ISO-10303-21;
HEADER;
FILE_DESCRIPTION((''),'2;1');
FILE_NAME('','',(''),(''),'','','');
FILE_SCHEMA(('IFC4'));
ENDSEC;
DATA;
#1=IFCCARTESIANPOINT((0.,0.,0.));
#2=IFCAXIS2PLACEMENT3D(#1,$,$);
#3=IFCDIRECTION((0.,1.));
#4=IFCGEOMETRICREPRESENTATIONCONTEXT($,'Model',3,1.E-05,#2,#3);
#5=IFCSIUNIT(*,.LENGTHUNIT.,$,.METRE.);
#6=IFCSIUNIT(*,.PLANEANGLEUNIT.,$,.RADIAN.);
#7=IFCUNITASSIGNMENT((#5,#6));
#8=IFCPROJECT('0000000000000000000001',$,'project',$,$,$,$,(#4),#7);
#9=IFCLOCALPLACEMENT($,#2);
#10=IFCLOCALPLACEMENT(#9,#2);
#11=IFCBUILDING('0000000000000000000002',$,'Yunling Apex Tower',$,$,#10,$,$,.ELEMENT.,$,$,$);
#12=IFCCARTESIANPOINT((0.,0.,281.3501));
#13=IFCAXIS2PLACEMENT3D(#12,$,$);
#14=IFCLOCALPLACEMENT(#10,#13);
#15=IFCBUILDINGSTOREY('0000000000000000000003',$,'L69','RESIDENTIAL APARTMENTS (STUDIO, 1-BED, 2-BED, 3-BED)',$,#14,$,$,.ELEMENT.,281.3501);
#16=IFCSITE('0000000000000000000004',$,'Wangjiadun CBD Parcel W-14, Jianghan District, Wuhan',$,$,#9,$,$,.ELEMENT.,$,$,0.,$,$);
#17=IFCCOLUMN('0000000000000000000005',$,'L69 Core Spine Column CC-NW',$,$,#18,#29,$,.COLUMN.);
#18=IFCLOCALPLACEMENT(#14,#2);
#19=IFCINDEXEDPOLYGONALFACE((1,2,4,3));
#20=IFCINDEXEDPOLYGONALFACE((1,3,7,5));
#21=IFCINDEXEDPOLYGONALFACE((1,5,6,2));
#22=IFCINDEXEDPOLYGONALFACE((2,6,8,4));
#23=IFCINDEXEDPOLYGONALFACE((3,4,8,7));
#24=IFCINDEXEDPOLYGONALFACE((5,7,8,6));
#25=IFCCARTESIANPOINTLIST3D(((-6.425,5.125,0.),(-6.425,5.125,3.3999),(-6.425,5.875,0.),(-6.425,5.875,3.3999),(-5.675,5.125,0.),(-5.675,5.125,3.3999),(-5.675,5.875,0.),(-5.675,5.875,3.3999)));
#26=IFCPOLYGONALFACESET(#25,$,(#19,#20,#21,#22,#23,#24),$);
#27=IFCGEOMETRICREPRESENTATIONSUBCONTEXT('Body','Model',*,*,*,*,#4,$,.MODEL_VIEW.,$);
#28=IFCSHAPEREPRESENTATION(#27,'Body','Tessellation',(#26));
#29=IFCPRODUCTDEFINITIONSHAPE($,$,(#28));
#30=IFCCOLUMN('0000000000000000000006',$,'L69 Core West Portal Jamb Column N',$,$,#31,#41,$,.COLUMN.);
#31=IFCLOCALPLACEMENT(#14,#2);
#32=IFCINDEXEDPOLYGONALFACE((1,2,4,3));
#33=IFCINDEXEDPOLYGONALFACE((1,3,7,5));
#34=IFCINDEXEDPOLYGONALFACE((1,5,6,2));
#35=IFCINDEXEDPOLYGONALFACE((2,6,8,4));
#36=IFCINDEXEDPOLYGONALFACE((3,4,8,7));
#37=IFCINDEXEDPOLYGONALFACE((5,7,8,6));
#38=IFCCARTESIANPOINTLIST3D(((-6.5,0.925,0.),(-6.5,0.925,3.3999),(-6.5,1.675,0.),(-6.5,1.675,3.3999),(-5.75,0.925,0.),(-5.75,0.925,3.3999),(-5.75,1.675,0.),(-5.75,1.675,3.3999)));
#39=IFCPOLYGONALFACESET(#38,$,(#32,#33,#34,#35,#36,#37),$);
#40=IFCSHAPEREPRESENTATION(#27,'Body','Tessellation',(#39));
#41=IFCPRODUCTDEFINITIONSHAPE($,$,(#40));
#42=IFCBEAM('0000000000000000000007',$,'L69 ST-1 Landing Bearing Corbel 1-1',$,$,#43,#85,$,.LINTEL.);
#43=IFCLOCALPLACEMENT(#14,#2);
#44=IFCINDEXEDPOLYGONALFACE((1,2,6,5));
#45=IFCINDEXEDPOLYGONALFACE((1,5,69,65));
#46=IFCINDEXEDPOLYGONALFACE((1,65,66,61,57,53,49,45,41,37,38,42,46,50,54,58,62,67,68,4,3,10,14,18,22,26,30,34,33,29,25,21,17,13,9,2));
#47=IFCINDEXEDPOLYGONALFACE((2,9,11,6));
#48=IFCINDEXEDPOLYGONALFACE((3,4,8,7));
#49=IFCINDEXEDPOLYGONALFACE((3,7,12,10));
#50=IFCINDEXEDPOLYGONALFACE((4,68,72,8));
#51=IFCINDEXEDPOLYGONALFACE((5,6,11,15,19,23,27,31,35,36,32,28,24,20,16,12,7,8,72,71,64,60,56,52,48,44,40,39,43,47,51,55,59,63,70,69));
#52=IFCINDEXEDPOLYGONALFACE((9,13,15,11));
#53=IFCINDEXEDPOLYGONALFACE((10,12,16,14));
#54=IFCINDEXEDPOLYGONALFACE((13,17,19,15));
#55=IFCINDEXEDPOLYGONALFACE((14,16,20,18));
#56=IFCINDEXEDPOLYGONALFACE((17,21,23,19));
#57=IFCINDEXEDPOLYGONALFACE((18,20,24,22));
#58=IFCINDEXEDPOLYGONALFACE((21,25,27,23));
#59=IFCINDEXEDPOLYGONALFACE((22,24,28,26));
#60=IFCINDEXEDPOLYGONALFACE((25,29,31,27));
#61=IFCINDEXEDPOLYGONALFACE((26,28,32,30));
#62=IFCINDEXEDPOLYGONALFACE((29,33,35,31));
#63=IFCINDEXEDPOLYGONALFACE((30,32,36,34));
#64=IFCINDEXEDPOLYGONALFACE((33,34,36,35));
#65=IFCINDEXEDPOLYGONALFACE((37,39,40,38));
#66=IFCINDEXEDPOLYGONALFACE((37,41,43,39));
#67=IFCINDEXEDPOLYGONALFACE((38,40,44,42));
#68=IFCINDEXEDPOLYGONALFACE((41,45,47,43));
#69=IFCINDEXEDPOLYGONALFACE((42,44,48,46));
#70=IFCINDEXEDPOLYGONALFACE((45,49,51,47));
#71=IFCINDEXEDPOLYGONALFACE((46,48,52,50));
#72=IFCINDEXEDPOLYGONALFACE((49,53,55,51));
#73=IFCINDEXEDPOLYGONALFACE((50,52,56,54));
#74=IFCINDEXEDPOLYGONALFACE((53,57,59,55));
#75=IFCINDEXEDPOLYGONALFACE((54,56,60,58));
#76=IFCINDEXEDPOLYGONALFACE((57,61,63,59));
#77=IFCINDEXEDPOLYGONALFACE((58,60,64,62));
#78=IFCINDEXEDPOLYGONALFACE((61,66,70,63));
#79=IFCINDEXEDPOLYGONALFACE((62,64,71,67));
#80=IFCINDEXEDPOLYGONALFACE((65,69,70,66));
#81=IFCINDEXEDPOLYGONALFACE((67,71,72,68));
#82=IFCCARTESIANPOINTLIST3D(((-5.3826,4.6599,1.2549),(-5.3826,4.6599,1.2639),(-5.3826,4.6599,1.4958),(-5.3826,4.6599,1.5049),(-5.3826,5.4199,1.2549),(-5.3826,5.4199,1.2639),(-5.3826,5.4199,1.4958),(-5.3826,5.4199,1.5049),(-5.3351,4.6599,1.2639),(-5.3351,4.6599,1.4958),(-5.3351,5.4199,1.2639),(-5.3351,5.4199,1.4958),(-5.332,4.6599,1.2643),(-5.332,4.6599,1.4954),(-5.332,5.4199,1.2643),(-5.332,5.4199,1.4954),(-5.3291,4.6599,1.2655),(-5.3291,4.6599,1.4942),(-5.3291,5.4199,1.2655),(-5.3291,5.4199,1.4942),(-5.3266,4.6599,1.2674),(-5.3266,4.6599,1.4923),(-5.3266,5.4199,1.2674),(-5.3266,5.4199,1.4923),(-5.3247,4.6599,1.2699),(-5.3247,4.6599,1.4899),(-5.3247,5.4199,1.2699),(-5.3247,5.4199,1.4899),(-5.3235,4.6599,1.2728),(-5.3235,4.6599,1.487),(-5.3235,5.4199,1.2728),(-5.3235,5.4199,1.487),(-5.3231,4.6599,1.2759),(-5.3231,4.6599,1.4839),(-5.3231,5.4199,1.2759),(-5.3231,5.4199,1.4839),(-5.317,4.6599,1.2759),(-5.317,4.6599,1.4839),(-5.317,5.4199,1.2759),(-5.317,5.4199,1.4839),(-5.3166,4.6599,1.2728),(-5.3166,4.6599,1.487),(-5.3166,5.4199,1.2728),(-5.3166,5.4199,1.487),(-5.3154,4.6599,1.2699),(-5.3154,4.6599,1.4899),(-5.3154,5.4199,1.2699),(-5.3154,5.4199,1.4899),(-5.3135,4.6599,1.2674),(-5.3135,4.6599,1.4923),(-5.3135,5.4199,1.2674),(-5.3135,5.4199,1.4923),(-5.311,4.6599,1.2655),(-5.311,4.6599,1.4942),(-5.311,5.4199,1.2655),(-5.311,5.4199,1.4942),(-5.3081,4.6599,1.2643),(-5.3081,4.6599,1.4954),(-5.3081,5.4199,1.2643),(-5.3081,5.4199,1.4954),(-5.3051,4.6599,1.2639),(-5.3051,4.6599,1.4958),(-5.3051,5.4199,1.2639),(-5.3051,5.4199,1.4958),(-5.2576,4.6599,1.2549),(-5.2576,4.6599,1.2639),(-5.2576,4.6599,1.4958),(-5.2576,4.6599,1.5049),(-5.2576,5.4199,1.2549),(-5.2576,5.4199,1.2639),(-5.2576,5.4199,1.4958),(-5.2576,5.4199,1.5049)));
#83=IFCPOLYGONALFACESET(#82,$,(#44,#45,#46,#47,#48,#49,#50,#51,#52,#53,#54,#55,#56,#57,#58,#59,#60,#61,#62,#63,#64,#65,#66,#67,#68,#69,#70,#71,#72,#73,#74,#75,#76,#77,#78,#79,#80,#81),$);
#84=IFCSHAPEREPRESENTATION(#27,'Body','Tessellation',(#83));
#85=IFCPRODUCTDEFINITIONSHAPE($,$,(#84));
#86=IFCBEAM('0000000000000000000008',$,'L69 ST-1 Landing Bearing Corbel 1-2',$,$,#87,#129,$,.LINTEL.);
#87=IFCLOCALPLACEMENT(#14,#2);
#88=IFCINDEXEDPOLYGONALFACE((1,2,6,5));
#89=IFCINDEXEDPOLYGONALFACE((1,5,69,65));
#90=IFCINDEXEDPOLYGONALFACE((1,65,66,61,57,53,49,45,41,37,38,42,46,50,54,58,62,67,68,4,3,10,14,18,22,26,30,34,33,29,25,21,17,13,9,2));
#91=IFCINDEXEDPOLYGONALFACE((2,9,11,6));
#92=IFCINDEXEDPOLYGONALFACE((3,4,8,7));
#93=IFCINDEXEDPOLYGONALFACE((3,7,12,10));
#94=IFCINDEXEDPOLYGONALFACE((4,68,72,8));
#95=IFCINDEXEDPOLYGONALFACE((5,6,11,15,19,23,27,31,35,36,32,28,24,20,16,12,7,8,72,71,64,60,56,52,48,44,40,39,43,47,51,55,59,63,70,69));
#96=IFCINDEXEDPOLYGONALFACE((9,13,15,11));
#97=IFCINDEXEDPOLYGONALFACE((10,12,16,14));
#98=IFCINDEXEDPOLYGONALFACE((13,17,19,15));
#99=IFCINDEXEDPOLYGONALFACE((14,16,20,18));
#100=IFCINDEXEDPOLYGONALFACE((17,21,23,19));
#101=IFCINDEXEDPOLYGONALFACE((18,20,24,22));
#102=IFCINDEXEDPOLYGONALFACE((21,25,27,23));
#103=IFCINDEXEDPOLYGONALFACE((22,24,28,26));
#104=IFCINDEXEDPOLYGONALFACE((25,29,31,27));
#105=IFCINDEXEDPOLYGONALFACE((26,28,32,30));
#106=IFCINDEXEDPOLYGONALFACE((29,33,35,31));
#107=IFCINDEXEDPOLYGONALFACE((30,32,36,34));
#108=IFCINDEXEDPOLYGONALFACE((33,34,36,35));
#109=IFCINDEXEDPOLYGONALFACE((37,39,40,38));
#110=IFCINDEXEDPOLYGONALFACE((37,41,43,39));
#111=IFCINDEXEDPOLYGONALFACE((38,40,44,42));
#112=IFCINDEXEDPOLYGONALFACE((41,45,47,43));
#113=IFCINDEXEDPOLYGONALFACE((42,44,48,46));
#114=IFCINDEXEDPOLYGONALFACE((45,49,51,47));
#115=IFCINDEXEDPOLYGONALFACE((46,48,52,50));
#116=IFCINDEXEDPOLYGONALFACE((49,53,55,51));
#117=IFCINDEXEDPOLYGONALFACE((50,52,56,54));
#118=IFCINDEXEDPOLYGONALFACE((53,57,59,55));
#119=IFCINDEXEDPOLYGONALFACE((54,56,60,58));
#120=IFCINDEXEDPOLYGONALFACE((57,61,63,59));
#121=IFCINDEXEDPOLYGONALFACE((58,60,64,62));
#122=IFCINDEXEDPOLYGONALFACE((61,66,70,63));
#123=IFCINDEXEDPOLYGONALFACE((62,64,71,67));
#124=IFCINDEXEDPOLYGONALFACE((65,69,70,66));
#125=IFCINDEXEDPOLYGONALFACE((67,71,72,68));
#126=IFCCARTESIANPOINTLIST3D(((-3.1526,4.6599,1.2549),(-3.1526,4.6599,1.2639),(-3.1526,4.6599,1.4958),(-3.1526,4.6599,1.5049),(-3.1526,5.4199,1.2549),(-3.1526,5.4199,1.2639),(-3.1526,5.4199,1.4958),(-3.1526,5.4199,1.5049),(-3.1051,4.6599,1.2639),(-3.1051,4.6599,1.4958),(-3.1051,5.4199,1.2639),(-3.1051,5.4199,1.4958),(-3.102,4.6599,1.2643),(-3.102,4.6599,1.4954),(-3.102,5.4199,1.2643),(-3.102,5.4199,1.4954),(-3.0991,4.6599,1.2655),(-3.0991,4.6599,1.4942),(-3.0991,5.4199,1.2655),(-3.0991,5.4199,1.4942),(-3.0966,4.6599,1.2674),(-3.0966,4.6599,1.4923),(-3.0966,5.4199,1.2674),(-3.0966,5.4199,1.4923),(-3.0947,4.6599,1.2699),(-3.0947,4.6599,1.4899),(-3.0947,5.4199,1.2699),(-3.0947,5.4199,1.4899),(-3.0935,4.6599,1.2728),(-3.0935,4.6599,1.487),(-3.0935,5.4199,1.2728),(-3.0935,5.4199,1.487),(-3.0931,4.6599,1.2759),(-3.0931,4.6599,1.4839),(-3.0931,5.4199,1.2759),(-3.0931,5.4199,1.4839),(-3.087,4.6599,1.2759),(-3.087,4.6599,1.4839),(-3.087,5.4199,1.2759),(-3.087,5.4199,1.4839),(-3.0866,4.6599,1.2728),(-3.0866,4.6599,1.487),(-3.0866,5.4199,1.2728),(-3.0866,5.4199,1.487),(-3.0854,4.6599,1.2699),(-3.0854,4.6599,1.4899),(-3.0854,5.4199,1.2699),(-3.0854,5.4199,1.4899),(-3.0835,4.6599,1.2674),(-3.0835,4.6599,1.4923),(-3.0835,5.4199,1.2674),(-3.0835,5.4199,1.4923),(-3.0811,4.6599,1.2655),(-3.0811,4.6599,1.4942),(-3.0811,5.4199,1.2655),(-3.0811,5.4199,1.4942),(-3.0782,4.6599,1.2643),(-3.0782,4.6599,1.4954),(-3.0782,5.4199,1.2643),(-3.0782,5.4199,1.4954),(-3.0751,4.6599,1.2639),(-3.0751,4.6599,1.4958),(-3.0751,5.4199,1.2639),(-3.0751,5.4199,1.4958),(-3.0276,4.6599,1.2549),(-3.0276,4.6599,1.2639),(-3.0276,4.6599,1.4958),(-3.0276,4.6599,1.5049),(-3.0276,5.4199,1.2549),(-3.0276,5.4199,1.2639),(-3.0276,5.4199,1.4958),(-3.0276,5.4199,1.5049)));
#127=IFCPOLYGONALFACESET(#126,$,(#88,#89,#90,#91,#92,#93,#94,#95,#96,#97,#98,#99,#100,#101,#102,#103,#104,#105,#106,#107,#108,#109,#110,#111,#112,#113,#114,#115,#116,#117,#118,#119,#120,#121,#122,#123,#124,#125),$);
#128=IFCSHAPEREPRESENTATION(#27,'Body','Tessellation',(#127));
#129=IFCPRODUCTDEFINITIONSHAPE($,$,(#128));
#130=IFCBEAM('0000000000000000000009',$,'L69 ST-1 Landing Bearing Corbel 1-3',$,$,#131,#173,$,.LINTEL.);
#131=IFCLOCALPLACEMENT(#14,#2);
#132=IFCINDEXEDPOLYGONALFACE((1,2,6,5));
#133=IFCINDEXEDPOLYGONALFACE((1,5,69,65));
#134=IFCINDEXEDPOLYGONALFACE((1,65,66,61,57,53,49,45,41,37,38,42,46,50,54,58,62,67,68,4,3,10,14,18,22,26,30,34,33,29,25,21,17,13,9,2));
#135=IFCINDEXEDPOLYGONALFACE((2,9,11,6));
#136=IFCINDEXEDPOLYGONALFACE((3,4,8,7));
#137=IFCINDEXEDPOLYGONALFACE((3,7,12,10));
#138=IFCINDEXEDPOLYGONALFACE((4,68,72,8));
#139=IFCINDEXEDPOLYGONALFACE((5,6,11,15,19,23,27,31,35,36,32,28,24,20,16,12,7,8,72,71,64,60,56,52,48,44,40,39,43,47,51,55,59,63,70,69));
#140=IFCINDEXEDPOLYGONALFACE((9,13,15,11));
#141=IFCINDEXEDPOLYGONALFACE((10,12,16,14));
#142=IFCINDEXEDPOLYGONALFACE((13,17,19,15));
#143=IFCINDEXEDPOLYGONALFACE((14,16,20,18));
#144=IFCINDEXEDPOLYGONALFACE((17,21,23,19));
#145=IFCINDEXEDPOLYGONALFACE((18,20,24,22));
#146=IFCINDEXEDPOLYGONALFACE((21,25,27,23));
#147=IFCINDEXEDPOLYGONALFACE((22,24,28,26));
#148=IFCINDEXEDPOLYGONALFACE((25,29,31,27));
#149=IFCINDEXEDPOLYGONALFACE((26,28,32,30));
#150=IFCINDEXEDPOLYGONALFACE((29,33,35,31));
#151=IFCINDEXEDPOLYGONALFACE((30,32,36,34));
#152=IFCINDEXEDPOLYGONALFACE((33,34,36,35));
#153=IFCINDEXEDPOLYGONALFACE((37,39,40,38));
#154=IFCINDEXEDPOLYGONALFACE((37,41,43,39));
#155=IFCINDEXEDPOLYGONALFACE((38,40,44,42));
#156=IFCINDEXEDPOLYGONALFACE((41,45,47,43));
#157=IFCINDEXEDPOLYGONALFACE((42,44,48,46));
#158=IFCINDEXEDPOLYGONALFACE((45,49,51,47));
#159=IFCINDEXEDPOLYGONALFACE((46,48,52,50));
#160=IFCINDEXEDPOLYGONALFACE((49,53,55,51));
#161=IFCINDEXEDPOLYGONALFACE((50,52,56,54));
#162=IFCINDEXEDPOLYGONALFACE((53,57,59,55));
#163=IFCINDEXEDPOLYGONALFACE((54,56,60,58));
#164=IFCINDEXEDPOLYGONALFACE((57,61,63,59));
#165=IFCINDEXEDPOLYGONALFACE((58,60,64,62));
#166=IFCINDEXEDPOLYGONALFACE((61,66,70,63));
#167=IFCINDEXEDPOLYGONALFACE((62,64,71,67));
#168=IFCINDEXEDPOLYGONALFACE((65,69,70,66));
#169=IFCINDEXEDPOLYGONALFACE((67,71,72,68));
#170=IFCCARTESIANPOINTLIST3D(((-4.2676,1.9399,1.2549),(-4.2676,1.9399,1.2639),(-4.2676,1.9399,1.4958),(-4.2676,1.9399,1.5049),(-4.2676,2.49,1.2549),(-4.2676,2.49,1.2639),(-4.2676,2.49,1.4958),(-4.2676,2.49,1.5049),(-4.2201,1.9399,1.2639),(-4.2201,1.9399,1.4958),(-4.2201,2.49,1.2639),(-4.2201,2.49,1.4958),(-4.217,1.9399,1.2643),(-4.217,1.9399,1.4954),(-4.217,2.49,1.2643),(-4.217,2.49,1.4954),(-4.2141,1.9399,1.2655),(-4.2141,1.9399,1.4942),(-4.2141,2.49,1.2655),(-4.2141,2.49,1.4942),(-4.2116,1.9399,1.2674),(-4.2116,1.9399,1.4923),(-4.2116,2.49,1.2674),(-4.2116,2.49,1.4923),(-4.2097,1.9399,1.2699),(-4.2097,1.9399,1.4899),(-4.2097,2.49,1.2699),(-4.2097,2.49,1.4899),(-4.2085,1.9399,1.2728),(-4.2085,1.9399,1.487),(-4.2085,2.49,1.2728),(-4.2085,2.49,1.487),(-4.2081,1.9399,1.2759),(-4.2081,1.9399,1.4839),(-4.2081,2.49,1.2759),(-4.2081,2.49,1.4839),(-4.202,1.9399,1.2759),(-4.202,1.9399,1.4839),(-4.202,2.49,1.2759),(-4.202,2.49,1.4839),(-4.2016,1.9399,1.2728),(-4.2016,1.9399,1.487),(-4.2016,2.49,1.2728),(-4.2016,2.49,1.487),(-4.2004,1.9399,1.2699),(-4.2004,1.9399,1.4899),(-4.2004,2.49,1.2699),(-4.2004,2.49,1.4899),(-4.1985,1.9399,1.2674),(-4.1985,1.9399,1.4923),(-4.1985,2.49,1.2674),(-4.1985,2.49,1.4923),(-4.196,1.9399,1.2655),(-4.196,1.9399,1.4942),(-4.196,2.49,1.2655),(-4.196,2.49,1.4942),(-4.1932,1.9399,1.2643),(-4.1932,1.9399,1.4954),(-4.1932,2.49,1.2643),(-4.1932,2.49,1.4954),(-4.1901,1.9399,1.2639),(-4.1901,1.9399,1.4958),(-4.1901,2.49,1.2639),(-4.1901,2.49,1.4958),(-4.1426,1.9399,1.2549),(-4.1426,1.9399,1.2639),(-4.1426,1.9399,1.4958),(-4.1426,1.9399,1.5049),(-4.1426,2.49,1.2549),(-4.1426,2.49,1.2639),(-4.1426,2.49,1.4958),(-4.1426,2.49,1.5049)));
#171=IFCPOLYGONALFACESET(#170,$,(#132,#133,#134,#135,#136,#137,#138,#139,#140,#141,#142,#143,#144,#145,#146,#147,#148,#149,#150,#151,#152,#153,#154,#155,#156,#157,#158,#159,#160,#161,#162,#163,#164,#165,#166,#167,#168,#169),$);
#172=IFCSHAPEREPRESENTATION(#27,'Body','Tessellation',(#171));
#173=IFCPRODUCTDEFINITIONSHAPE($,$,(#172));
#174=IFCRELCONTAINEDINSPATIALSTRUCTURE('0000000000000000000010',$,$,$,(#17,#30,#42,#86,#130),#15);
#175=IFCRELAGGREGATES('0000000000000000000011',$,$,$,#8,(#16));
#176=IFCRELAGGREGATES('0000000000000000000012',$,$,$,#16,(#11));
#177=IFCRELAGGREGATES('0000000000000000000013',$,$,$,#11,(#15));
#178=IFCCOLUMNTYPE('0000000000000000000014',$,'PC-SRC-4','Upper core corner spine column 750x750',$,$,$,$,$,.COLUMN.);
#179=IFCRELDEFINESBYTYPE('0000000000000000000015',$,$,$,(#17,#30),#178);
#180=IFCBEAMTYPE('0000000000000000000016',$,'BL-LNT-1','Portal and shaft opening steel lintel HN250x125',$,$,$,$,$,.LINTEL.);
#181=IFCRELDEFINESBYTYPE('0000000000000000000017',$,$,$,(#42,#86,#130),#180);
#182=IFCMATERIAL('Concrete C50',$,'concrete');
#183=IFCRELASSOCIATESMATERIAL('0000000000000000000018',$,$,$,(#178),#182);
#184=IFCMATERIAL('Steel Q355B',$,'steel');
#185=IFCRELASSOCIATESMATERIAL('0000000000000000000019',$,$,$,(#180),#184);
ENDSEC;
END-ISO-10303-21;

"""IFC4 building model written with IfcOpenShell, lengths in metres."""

from ifc_helpers import new_model, si_unit, direction, frame, origin, origin_2d, place, context, subcontext, project, spatial, rectangle, i_section, extrude, source, transform, mapped, material, material_profile, profile_set, type_object, element, save


model = new_model("IFC4")

# Units and contexts
model_context = context("Model", 3, precision=1e-05, world=origin(), true_north=direction((0.0, 1.0)))
body_context = subcontext(model_context, "Body", "Model", "MODEL_VIEW")
ifc_project = project(units=[si_unit("LENGTHUNIT", "METRE"), si_unit("PLANEANGLEUNIT", "RADIAN")], contexts=[model_context])

# Site, building, storey
site_placement = place(None, origin())
site = spatial("IfcSite", under=ifc_project, at=site_placement, Name="Wangjiadun CBD Parcel W-14, Jianghan District, Wuhan", CompositionType="ELEMENT", RefElevation=0.0)
building_placement = place(site_placement, origin())
building = spatial("IfcBuilding", under=site, at=building_placement, Name="Yunling Apex Tower", CompositionType="ELEMENT")
storey_placement = place(building_placement, frame((0.0, 0.0, 281.3501)))
storey = spatial("IfcBuildingStorey", under=building, at=storey_placement, Name="L69", Description="RESIDENTIAL APARTMENTS (STUDIO, 1-BED, 2-BED, 3-BED)", CompositionType="ELEMENT", Elevation=281.3501)

# Columns
ifc_material_1 = material(Name="Concrete C50", Category="concrete")
ifc_material_profile_1 = material_profile(ifc_material_1, rectangle(XDim=0.75, YDim=0.75, at=origin_2d()))
ifc_profile_set_1 = profile_set([ifc_material_profile_1], Name="Concrete C50")
column_type = type_object("IfcColumnType", Name="PC-SRC-4", Description="Upper core corner spine column 750x750", PredefinedType="COLUMN", material=ifc_profile_set_1)
shared_shape_1 = source(origin(), body_context, "Body", "SweptSolid", [
    extrude(rectangle(XDim=0.75, YDim=0.75, at=origin_2d()), origin(), (0.0, 0.0, 1.0), 3.3999),
])
for number, where, z_axis, x_axis, name in (
    (1, (-6.05, 5.5, 0.0), (0.0, 0.0, 1.0), (1.0, 0.0, 0.0), "L69 Core Spine Column CC-NW"),
    (2, (-6.125, 1.3, 0.0), (0.0, 0.0, 1.0), (1.0, 0.0, 0.0), "L69 Core West Portal Jamb Column N"),
):
    element("IfcColumn", number, at=place(storey_placement, frame(where, z_axis=z_axis, x_axis=x_axis)), inside=storey, type_object=column_type, Name=name, PredefinedType="COLUMN", context=body_context, shape_type="MappedRepresentation", body=[
        mapped(shared_shape_1, transform((0.0, 0.0, 0.0), scale=1.0)),
    ])

# Beams
ifc_material_2 = material(Name="Steel Q355B", Category="steel")
ifc_material_profile_2 = material_profile(ifc_material_2, i_section(OverallWidth=0.125, OverallDepth=0.25, WebThickness=0.0061, FlangeThickness=0.009, FilletRadius=0.012, at=origin_2d()))
ifc_profile_set_2 = profile_set([ifc_material_profile_2], Name="Steel Q355B")
beam_type_1 = type_object("IfcBeamType", Name="BL-LNT-1", Description="Portal and shaft opening steel lintel HN250x125", PredefinedType="LINTEL", material=ifc_profile_set_2)
shared_shape_2 = source(origin(), body_context, "Body", "SweptSolid", [
    extrude(i_section(OverallWidth=0.125, OverallDepth=0.25, WebThickness=0.0061, FlangeThickness=0.009, FilletRadius=0.012, at=origin_2d()), origin(), (0.0, 0.0, 1.0), 0.76),
])
for number, where, z_axis, x_axis, name in (
    (3, (-5.3201, 5.4199, 1.3799), (0.0, -1.0, 0.0), (1.0, 0.0, 0.0), "L69 ST-1 Landing Bearing Corbel 1-1"),
    (4, (-3.0901, 5.4199, 1.3799), (0.0, -1.0, 0.0), (1.0, 0.0, 0.0), "L69 ST-1 Landing Bearing Corbel 1-2"),
):
    element("IfcBeam", number, at=place(storey_placement, frame(where, z_axis=z_axis, x_axis=x_axis)), inside=storey, type_object=beam_type_1, Name=name, PredefinedType="LINTEL", context=body_context, shape_type="MappedRepresentation", body=[
        mapped(shared_shape_2, transform((0.0, 0.0, 0.0), scale=1.0)),
    ])
shared_shape_3 = source(origin(), body_context, "Body", "SweptSolid", [
    extrude(i_section(OverallWidth=0.125, OverallDepth=0.25, WebThickness=0.0061, FlangeThickness=0.009, FilletRadius=0.012, at=origin_2d()), origin(), (0.0, 0.0, 1.0), 0.55),
])
beam_1_placement = place(storey_placement, frame((-4.2051, 1.9399, 1.3799), z_axis=(0.0, 1.0, 0.0), x_axis=(-1.0, 0.0, 0.0)))
element("IfcBeam", 5, at=beam_1_placement, inside=storey, type_object=beam_type_1, Name="L69 ST-1 Landing Bearing Corbel 1-3", PredefinedType="LINTEL", context=body_context, shape_type="MappedRepresentation", body=[
    mapped(shared_shape_3, transform((0.0, 0.0, 0.0), scale=1.0)),
])

save(model, "model.ifc")
